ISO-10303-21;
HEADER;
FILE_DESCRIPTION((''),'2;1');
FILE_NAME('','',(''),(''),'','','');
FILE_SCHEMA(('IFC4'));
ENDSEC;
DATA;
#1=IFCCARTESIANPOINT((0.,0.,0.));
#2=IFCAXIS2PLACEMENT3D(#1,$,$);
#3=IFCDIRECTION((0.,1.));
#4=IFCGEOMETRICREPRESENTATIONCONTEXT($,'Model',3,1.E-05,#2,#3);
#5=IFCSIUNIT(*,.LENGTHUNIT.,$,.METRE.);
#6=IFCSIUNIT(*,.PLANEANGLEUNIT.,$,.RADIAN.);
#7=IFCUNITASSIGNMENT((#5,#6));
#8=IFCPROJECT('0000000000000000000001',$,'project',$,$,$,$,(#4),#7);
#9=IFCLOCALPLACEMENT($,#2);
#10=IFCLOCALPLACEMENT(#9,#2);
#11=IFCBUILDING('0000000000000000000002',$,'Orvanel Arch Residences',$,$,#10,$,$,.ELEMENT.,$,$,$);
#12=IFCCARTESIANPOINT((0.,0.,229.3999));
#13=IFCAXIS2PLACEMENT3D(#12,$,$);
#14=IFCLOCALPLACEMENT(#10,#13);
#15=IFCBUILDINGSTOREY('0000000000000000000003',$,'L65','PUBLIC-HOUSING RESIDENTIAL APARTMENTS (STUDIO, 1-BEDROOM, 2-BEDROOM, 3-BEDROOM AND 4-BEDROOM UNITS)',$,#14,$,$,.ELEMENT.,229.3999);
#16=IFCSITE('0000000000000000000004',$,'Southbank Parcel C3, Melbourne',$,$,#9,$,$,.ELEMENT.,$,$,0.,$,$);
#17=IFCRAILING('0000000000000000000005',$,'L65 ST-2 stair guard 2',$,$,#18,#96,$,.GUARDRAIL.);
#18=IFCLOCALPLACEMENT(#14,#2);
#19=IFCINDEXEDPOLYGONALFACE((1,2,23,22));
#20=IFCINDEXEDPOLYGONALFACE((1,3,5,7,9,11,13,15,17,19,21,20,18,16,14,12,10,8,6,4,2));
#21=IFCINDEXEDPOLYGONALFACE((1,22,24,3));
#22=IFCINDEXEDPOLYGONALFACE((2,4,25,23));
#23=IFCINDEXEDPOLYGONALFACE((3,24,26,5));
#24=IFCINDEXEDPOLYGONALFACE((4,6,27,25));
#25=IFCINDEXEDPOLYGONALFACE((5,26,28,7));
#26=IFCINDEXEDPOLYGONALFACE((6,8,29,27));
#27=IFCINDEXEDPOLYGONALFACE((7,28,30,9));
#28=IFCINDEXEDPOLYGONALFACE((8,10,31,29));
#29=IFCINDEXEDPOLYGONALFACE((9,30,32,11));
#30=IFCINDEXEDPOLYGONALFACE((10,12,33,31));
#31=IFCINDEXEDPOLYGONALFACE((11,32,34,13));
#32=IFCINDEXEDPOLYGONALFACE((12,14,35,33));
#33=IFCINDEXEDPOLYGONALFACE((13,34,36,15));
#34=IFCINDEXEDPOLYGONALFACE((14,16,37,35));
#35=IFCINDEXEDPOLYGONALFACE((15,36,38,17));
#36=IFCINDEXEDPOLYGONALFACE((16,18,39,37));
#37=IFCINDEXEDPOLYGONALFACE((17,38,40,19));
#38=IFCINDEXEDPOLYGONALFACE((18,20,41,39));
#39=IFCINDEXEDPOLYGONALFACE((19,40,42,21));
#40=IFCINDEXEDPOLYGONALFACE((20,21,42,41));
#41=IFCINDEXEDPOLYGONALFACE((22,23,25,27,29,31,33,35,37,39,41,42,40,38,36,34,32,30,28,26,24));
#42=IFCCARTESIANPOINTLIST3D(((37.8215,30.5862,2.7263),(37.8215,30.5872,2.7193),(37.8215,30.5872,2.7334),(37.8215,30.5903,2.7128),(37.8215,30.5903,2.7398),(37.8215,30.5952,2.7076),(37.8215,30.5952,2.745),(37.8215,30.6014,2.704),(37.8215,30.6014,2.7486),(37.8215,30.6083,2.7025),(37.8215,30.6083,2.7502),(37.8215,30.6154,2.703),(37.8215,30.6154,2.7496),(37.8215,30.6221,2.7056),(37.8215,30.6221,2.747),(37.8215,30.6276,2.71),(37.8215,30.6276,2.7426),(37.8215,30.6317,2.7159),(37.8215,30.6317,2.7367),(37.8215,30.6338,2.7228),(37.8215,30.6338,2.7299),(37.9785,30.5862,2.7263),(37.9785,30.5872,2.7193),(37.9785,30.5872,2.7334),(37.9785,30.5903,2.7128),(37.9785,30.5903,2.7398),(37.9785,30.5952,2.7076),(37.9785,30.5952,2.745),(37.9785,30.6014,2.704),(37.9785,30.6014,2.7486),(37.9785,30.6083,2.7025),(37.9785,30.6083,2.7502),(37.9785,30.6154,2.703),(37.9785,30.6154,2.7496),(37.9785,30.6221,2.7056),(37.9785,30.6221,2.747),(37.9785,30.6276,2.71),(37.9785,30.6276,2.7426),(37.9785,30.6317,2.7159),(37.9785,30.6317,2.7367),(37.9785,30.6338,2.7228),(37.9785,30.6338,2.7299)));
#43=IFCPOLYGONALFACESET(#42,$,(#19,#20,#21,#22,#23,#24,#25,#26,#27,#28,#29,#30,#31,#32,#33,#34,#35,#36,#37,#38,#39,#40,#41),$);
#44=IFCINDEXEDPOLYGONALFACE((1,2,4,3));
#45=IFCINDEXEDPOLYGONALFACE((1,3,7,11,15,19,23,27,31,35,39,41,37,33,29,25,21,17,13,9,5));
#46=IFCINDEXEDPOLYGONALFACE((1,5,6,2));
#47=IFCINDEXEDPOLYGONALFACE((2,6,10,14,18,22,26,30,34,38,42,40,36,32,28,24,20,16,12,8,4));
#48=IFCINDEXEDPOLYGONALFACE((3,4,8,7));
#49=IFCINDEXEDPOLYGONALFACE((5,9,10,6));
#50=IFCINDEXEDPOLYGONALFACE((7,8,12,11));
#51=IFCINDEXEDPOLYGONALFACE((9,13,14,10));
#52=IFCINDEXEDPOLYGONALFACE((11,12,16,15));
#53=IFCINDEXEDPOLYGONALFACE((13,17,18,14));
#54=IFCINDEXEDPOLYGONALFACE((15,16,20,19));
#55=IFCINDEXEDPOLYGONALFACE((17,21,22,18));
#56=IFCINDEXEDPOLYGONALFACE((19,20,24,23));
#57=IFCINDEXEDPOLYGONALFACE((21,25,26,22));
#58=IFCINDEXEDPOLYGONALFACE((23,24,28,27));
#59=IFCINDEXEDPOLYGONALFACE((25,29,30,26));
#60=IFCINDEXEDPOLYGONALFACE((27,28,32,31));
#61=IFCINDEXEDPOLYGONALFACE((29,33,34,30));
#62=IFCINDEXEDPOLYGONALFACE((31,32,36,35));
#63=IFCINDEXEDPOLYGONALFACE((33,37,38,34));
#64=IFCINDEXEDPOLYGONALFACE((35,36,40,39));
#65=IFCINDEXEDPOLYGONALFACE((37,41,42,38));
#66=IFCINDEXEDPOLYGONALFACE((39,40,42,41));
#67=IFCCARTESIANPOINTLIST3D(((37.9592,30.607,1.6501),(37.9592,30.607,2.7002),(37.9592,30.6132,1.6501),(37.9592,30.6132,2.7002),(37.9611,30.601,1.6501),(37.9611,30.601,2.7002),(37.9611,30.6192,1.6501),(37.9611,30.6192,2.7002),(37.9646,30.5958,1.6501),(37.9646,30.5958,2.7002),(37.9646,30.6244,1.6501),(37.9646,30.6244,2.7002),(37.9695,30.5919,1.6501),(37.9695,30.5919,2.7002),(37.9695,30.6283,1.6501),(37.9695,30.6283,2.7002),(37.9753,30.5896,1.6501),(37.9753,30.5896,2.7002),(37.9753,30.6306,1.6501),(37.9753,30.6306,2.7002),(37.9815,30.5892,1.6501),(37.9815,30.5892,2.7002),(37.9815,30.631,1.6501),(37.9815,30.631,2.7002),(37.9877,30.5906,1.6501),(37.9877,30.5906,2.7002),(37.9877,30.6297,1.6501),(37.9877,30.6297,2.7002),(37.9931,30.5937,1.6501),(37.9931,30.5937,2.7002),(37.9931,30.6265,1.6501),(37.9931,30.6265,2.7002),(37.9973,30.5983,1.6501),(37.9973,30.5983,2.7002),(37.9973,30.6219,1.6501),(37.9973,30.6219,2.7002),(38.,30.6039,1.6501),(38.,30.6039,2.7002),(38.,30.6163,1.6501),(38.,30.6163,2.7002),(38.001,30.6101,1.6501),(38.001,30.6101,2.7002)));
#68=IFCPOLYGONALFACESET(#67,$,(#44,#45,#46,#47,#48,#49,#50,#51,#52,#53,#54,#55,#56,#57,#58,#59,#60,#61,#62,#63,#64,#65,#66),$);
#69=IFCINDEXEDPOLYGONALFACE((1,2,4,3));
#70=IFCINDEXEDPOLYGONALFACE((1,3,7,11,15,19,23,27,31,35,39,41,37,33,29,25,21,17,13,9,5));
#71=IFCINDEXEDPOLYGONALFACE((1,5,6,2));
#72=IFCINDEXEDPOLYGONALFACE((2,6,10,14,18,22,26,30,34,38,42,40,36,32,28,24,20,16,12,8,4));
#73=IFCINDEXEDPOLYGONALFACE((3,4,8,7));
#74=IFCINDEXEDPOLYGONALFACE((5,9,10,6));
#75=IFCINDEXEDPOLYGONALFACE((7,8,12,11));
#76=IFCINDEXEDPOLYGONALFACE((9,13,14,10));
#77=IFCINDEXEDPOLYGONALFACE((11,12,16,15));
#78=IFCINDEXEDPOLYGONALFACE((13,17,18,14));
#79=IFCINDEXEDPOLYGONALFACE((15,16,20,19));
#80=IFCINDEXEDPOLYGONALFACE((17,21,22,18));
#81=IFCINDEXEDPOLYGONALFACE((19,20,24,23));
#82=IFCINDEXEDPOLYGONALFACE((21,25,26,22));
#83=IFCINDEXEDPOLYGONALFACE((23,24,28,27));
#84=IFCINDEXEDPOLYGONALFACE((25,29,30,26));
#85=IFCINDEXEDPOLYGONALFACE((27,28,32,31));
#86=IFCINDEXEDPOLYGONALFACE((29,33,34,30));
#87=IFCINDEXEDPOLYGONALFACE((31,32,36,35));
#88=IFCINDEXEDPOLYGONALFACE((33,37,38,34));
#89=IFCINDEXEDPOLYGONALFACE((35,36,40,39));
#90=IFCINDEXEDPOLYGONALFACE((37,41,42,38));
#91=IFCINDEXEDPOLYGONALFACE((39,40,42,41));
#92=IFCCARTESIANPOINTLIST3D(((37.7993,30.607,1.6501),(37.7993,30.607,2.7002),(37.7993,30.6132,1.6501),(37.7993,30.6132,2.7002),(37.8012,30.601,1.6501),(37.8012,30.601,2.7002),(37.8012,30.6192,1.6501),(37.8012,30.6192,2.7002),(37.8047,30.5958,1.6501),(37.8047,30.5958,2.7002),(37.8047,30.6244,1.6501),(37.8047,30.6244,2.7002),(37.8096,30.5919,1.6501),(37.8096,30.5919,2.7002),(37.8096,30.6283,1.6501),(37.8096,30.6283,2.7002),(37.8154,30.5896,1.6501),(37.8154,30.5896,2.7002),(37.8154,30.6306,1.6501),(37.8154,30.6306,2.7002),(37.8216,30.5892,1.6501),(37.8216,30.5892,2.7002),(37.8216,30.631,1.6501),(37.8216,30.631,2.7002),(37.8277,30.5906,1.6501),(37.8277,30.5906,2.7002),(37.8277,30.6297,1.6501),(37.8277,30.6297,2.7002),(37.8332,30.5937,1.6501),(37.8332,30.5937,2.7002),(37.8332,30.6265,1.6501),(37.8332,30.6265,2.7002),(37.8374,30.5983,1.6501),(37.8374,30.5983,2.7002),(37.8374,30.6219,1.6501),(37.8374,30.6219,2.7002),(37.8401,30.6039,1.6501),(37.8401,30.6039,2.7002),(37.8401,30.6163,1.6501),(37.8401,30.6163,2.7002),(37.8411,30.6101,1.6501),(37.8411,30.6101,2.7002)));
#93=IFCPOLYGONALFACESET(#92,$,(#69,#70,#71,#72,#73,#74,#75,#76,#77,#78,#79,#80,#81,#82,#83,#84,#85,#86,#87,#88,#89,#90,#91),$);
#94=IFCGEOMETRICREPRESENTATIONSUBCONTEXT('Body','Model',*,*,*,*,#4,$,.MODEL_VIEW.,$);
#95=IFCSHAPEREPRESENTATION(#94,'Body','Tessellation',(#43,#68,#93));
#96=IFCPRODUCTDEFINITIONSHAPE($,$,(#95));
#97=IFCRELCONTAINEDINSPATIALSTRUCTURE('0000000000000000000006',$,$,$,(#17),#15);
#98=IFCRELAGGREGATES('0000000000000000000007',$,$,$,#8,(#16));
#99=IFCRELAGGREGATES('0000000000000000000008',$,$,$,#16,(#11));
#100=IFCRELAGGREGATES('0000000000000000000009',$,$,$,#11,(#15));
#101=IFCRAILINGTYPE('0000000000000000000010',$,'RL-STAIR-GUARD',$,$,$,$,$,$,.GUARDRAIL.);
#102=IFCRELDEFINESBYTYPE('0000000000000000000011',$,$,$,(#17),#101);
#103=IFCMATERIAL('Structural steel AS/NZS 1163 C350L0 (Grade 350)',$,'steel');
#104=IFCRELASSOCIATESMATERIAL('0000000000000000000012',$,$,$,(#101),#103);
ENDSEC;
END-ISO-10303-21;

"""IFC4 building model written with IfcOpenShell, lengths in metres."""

from ifc_helpers import new_model, si_unit, direction, frame, origin, origin_2d, place, context, subcontext, project, spatial, circle, extrude, material, type_object, element, save


model = new_model("IFC4")

# Units and contexts
model_context = context("Model", 3, precision=1e-05, world=origin(), true_north=direction((0.0, 1.0)))
body_context = subcontext(model_context, "Body", "Model", "MODEL_VIEW")
ifc_project = project(units=[si_unit("LENGTHUNIT", "METRE"), si_unit("PLANEANGLEUNIT", "RADIAN")], contexts=[model_context])

# Site, building, storey
site_placement = place(None, origin())
site = spatial("IfcSite", under=ifc_project, at=site_placement, Name="Southbank Parcel C3, Melbourne", CompositionType="ELEMENT", RefElevation=0.0)
building_placement = place(site_placement, origin())
building = spatial("IfcBuilding", under=site, at=building_placement, Name="Orvanel Arch Residences", CompositionType="ELEMENT")
storey_placement = place(building_placement, frame((0.0, 0.0, 229.3999)))
storey = spatial("IfcBuildingStorey", under=building, at=storey_placement, Name="L65", Description="PUBLIC-HOUSING RESIDENTIAL APARTMENTS (STUDIO, 1-BEDROOM, 2-BEDROOM, 3-BEDROOM AND 4-BEDROOM UNITS)", CompositionType="ELEMENT", Elevation=229.3999)

# Shared definitions
ifc_material_1 = material(Name="Structural steel AS/NZS 1163 C350L0 (Grade 350)", Category="steel")

# Railing
railing_type_1 = type_object("IfcRailingType", Name="RL-STAIR-GUARD", PredefinedType="GUARDRAIL", material=ifc_material_1)
railing_1_placement = place(storey_placement, frame((37.98, 30.6101, 1.6501)))
element("IfcRailing", 1, at=railing_1_placement, inside=storey, type_object=railing_type_1, Name="L65 ST-2 stair guard 2", PredefinedType="GUARDRAIL", context=body_context, shape_type="SweptSolid", body=[
    extrude(circle(Radius=0.0239, at=origin_2d()), frame((-0.0015, 0.0, 1.0762), z_axis=(-1.0, 0.0, 0.0), x_axis=(0.0, -1.0, 0.0)), (0.0, 0.0, 1.0), 0.157),
    extrude(circle(Radius=0.021, at=origin_2d()), origin(), (0.0, 0.0, 1.0), 1.05),
    extrude(circle(Radius=0.021, at=origin_2d()), frame((-0.1599, 0.0, 0.0)), (0.0, 0.0, 1.0), 1.05),
])

save(model, "model.ifc")
